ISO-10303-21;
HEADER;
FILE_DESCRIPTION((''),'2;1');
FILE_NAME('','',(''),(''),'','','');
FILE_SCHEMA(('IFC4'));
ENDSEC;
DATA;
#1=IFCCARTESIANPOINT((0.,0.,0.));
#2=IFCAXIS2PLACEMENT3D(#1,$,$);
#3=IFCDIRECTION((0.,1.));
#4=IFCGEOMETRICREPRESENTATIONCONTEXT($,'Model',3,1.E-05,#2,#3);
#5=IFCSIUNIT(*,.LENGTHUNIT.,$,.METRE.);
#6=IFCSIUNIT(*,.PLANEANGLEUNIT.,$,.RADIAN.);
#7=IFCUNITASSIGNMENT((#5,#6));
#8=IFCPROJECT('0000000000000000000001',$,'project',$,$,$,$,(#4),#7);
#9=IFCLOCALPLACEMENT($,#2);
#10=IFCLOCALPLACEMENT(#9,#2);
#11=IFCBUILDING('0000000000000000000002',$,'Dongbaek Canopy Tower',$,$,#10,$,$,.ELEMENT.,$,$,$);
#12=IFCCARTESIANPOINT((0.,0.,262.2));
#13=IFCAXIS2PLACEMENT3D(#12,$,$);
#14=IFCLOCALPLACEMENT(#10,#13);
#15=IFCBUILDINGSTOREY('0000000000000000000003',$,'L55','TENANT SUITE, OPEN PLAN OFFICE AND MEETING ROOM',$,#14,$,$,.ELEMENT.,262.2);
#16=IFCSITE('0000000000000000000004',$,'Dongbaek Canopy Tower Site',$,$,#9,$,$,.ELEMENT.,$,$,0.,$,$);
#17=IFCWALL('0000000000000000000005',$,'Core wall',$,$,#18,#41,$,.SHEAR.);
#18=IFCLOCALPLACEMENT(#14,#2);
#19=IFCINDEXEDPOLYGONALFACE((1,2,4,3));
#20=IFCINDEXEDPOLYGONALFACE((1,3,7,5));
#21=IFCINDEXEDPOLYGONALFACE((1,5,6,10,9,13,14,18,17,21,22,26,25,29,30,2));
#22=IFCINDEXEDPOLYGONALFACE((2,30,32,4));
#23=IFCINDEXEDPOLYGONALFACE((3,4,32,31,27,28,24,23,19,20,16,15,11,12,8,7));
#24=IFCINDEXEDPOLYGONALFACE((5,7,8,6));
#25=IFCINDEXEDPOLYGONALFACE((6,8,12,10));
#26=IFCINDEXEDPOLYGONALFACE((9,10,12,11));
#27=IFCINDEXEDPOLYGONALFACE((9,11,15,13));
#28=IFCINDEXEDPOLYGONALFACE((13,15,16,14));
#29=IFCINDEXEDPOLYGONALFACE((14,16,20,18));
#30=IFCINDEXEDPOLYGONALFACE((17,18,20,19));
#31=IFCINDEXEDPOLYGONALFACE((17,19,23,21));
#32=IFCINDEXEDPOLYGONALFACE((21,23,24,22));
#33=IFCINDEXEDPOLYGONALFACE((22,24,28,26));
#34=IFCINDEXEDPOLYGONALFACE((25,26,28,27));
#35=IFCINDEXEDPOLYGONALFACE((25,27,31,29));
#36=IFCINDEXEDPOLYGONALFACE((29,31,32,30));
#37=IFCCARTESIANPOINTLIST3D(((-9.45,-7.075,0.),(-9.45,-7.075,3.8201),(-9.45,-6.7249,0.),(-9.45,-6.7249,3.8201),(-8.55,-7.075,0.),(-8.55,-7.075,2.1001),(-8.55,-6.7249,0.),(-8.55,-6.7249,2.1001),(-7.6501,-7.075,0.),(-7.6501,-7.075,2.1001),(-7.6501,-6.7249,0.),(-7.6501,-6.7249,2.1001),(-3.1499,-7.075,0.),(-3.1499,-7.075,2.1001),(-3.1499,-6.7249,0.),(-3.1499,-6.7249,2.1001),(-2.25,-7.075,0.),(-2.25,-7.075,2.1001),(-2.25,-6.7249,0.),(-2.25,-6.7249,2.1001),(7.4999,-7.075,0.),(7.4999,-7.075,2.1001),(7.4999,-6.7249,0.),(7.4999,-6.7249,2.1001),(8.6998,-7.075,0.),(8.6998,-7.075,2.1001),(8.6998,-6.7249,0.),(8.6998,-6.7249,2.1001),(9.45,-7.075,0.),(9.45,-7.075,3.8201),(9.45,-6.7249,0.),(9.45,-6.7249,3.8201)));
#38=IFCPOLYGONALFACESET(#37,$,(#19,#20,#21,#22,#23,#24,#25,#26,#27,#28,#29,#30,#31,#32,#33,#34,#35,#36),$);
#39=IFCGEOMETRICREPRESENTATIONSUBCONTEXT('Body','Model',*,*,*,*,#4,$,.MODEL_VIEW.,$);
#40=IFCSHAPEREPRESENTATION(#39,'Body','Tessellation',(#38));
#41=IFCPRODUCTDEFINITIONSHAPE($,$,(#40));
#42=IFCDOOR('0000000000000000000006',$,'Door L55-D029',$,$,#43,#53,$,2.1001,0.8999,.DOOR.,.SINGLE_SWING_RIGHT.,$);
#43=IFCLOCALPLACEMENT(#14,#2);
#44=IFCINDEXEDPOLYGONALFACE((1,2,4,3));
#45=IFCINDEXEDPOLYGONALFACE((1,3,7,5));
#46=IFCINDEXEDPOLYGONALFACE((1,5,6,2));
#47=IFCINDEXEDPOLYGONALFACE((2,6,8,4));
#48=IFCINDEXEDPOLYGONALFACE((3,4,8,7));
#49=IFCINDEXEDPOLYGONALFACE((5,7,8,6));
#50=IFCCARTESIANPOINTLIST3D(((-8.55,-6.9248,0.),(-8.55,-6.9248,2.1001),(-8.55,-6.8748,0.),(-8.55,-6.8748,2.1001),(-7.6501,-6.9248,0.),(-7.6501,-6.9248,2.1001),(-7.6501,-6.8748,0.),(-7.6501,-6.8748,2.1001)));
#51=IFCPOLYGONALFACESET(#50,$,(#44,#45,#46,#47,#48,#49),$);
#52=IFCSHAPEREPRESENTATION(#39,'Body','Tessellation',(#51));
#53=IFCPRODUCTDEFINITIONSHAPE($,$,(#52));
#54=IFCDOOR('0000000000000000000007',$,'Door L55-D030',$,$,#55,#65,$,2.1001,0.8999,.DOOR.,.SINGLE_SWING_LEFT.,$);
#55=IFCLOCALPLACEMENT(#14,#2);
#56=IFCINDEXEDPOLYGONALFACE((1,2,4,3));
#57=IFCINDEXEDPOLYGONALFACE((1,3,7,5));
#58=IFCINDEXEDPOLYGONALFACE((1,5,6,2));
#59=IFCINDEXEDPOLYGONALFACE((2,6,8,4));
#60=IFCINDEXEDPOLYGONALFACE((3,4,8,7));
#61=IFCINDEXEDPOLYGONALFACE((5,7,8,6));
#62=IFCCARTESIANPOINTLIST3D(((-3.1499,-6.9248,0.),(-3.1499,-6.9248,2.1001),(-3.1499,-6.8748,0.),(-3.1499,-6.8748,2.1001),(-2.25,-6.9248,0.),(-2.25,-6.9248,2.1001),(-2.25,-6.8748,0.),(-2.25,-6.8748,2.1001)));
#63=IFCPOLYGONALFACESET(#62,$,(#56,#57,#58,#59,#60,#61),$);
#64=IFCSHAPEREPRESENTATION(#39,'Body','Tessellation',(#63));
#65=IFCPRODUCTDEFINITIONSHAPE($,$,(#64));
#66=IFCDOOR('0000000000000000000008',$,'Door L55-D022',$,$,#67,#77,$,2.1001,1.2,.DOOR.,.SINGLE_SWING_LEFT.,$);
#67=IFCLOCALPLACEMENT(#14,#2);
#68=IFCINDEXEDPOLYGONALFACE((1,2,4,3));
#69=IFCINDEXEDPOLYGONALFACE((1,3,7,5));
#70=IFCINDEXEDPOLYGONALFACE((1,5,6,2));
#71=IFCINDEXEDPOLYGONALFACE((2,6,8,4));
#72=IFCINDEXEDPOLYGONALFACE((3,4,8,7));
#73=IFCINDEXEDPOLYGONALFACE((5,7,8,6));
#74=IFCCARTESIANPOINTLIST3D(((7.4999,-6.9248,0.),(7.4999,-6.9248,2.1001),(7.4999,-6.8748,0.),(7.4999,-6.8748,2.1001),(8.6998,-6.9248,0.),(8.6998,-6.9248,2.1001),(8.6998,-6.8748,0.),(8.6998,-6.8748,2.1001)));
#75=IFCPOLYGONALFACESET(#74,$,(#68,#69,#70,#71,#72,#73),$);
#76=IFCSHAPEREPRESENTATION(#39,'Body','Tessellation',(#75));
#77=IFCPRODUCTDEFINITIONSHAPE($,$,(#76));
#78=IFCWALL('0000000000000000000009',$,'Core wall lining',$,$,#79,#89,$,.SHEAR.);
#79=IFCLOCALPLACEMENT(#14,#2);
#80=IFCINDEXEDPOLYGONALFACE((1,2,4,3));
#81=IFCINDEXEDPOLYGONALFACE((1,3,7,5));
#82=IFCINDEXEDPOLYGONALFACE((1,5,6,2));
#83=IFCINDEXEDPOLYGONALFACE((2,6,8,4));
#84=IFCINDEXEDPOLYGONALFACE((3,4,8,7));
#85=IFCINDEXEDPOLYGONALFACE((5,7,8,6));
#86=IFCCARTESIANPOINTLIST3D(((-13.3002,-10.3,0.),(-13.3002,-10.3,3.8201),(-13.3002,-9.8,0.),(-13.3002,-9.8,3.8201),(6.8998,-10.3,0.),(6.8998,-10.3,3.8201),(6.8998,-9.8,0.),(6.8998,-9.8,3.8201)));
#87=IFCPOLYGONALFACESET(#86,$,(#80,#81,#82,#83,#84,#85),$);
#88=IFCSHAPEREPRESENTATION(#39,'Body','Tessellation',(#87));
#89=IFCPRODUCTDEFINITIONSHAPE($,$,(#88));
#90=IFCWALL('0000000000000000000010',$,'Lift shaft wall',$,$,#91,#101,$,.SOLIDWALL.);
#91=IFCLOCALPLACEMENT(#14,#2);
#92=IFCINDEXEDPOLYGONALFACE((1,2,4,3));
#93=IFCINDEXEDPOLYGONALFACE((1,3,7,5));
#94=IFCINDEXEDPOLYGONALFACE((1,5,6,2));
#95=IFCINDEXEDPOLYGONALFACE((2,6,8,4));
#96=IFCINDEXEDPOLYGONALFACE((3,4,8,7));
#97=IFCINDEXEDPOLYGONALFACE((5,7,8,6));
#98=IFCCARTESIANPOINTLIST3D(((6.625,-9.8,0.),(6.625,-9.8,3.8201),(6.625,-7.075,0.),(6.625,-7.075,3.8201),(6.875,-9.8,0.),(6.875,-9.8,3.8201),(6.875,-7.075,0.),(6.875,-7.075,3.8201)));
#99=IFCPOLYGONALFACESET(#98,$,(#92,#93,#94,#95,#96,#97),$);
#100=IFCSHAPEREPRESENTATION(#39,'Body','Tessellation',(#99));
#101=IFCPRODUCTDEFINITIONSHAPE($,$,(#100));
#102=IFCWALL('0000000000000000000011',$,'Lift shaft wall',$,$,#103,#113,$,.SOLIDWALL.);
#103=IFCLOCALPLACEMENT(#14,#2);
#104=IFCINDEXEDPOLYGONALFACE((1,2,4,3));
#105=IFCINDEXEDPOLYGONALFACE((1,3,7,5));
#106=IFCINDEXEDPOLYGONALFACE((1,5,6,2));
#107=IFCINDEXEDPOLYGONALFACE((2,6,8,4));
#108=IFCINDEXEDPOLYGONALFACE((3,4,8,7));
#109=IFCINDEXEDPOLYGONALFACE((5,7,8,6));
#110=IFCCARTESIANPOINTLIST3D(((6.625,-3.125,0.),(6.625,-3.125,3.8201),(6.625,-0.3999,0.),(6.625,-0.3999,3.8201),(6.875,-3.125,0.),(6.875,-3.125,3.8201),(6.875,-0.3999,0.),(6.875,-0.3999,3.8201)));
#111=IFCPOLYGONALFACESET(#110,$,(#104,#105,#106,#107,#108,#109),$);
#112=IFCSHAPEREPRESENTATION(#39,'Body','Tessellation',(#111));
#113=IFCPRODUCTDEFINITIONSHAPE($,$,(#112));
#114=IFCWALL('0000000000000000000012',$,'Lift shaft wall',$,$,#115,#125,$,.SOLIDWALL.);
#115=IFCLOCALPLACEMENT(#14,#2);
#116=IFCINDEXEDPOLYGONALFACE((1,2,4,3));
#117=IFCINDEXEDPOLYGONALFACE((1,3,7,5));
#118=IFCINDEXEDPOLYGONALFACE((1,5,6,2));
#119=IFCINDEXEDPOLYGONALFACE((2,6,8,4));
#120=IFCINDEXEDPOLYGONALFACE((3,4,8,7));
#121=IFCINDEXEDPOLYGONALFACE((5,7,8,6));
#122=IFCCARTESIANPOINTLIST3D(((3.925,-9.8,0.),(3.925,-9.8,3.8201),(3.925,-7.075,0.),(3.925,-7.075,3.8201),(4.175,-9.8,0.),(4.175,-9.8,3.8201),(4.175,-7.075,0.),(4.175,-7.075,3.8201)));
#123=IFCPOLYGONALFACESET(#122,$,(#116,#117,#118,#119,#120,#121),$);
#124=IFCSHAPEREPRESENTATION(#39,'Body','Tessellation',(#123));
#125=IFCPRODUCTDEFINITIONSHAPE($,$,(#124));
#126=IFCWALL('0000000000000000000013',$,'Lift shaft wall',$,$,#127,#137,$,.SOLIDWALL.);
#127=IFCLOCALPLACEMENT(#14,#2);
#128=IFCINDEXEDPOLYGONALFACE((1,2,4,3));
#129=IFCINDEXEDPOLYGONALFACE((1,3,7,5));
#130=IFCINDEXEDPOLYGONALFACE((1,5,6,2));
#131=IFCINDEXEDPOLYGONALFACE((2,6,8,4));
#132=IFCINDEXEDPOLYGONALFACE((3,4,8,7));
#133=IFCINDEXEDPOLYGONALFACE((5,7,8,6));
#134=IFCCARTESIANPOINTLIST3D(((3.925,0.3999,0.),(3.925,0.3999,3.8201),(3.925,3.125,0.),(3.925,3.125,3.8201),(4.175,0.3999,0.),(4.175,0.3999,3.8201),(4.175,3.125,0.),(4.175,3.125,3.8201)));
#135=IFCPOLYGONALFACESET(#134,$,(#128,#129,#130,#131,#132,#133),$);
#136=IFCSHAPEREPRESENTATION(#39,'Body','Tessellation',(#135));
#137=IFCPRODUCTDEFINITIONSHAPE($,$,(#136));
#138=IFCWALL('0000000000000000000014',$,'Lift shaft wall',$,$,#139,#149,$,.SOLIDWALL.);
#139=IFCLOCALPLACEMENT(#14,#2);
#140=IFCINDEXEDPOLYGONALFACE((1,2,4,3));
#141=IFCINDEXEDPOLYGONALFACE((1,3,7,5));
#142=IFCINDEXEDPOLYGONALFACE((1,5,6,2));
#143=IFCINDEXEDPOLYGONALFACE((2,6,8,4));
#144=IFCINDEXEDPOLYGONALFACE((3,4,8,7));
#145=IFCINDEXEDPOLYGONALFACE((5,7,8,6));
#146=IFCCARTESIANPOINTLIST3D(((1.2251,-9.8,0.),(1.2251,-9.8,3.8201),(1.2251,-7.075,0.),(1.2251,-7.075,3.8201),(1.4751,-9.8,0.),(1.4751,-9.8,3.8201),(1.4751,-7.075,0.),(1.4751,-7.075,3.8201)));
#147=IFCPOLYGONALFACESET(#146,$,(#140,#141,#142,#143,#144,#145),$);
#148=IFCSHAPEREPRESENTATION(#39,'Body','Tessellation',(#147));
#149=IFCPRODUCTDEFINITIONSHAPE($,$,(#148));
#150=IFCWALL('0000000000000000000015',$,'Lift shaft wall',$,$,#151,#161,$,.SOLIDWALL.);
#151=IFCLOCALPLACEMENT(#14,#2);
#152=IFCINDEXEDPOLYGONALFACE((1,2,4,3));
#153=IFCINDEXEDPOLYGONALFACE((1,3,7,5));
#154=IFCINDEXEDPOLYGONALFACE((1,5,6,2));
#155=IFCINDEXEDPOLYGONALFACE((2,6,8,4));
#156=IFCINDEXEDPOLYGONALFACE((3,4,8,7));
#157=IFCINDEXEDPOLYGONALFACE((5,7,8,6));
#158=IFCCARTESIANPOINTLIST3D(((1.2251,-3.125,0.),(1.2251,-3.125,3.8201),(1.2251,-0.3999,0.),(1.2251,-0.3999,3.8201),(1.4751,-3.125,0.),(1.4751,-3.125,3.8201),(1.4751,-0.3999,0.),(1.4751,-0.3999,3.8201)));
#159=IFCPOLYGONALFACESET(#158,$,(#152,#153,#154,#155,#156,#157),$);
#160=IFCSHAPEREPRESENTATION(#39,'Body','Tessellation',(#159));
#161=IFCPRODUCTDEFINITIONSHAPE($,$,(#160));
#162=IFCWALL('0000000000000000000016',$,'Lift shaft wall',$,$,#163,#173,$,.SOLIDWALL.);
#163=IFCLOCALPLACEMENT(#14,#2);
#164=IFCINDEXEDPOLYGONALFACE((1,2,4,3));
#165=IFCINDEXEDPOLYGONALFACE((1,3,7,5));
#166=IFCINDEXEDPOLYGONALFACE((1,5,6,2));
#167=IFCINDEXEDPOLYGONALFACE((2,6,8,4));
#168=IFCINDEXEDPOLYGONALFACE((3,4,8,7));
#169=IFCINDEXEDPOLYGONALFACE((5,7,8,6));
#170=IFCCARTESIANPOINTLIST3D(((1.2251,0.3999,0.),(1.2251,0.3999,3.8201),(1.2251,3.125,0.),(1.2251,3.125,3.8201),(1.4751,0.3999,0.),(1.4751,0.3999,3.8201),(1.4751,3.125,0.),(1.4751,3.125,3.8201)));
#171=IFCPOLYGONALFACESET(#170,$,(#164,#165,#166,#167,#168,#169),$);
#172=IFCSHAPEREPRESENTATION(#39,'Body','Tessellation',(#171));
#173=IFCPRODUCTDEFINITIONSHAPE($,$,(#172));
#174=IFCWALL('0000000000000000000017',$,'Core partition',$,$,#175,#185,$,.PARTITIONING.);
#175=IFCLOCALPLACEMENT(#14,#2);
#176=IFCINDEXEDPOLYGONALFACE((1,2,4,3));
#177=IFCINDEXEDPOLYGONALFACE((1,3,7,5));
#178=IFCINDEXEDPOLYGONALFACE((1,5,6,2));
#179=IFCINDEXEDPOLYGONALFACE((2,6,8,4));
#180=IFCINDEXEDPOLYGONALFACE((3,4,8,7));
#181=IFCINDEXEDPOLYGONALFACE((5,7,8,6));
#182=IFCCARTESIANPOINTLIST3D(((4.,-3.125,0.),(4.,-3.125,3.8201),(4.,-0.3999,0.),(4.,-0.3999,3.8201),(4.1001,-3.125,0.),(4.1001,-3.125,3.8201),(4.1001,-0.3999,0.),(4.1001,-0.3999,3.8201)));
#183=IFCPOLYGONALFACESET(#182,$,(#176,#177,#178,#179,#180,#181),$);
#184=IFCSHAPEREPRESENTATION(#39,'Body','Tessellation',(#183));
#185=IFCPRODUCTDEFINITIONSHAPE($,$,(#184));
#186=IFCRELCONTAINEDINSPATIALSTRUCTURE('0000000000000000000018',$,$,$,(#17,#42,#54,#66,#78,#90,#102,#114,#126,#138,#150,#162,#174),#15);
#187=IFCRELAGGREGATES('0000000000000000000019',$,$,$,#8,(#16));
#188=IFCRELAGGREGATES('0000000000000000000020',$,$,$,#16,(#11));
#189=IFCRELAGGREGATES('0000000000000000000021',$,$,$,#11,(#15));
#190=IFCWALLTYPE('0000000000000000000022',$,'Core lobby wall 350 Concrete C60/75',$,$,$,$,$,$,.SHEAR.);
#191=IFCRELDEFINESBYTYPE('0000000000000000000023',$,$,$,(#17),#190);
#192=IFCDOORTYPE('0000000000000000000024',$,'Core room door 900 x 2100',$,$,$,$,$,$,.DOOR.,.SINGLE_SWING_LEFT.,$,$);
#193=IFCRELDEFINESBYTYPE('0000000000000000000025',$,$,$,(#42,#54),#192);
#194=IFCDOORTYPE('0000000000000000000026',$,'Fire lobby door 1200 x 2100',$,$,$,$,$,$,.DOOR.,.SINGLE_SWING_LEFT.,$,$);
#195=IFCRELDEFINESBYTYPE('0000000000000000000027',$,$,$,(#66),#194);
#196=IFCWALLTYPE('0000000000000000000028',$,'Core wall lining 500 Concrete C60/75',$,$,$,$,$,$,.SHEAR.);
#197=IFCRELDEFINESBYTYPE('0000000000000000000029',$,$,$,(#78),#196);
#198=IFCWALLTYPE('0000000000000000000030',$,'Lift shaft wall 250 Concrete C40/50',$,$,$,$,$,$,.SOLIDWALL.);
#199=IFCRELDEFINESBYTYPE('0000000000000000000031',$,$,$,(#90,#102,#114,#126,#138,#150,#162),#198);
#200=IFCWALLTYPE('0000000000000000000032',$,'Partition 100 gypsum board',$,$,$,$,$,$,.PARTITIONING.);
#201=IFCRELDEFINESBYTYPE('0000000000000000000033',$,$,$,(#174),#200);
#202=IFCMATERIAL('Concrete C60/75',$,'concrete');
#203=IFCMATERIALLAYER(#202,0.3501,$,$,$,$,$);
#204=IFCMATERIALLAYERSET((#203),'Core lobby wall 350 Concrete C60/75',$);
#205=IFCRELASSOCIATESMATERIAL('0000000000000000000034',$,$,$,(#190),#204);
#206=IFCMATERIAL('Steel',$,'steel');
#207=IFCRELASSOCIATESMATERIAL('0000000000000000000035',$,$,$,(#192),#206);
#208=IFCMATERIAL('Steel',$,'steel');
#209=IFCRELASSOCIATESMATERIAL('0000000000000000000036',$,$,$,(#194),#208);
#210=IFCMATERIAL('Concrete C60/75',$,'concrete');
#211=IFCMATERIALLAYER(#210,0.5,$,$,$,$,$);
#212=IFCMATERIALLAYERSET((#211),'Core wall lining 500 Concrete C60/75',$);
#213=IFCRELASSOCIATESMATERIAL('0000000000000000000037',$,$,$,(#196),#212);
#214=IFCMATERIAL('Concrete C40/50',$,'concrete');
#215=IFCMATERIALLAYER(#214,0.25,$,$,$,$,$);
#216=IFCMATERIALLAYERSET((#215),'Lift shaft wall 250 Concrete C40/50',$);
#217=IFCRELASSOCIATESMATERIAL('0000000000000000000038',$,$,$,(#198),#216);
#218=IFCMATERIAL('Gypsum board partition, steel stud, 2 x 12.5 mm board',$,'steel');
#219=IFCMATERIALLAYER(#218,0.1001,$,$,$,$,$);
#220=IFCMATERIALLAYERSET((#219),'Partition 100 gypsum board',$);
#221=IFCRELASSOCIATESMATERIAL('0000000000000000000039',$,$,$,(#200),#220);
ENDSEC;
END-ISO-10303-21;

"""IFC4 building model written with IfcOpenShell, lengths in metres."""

from ifc_helpers import new_model, si_unit, direction, frame, frame_2d, origin, place, context, subcontext, project, spatial, rectangle, extrude, material, layer, layer_set, type_object, element, fill, save


model = new_model("IFC4")

# Units and contexts
model_context = context("Model", 3, precision=1e-05, world=origin(), true_north=direction((0.0, 1.0)))
body_context = subcontext(model_context, "Body", "Model", "MODEL_VIEW")
ifc_project = project(units=[si_unit("LENGTHUNIT", "METRE"), si_unit("PLANEANGLEUNIT", "RADIAN")], contexts=[model_context])

# Site, building, storey
site_placement = place(None, origin())
site = spatial("IfcSite", under=ifc_project, at=site_placement, Name="Dongbaek Canopy Tower Site", CompositionType="ELEMENT", RefElevation=0.0)
building_placement = place(site_placement, origin())
building = spatial("IfcBuilding", under=site, at=building_placement, Name="Dongbaek Canopy Tower", CompositionType="ELEMENT")
storey_placement = place(building_placement, frame((0.0, 0.0, 262.2)))
storey = spatial("IfcBuildingStorey", under=building, at=storey_placement, Name="L55", Description="TENANT SUITE, OPEN PLAN OFFICE AND MEETING ROOM", CompositionType="ELEMENT", Elevation=262.2)

# Wall, openings, doors
ifc_material_1 = material(Name="Concrete C60/75", Category="concrete")
ifc_layer_1 = layer(ifc_material_1, 0.3501)
ifc_layer_set_1 = layer_set([ifc_layer_1], Name="Core lobby wall 350 Concrete C60/75")
wall_type_1 = type_object("IfcWallType", Name="Core lobby wall 350 Concrete C60/75", PredefinedType="SHEAR", material=ifc_layer_set_1)
wall_1_placement = place(storey_placement, frame((9.45, -6.8999, 0.0), z_axis=(0.0, 0.0, 1.0), x_axis=(-1.0, 0.0, 0.0)))
wall_1 = element("IfcWall", 1, at=wall_1_placement, inside=storey, type_object=wall_type_1, Name="Core wall", PredefinedType="SHEAR", context=body_context, shape_type="SweptSolid", body=[
    extrude(rectangle(XDim=18.8999, YDim=0.3501, at=frame_2d((9.45, 0.0))), origin(), (0.0, 0.0, 1.0), 3.8201),
])
opening_1_placement = place(wall_1_placement, frame((0.75, 0.0, 0.0)))
opening_1 = element("IfcOpeningElement", 2, at=opening_1_placement, cuts=wall_1, PredefinedType="OPENING", context=body_context, shape_type="SweptSolid", body=[
    extrude(rectangle(XDim=1.2, YDim=2.1001, at=frame_2d((0.6001, 1.05))), frame((0.0, 0.1851, 0.0), z_axis=(0.0, -1.0, 0.0), x_axis=(1.0, 0.0, 0.0)), (0.0, 0.0, 1.0), 0.3701),
])
opening_2_placement = place(wall_1_placement, frame((17.1001, 0.0, 0.0)))
opening_2 = element("IfcOpeningElement", 3, at=opening_2_placement, cuts=wall_1, PredefinedType="OPENING", context=body_context, shape_type="SweptSolid", body=[
    extrude(rectangle(XDim=0.8999, YDim=2.1001, at=frame_2d((0.45, 1.05))), frame((0.0, 0.1851, 0.0), z_axis=(0.0, -1.0, 0.0), x_axis=(1.0, 0.0, 0.0)), (0.0, 0.0, 1.0), 0.3701),
])
opening_3_placement = place(wall_1_placement, frame((11.7, 0.0, 0.0)))
opening_3 = element("IfcOpeningElement", 4, at=opening_3_placement, cuts=wall_1, PredefinedType="OPENING", context=body_context, shape_type="SweptSolid", body=[
    extrude(rectangle(XDim=0.8999, YDim=2.1001, at=frame_2d((0.45, 1.05))), frame((0.0, 0.1851, 0.0), z_axis=(0.0, -1.0, 0.0), x_axis=(1.0, 0.0, 0.0)), (0.0, 0.0, 1.0), 0.3701),
])
ifc_material_2 = material(Name="Steel", Category="steel")
door_type_1 = type_object("IfcDoorType", Name="Core room door 900 x 2100", OperationType="SINGLE_SWING_LEFT", PredefinedType="DOOR", material=ifc_material_2)
door_1_placement = place(opening_2_placement, origin())
door_1 = element("IfcDoor", 5, at=door_1_placement, inside=storey, type_object=door_type_1, Name="Door L55-D029", OperationType="SINGLE_SWING_RIGHT", OverallHeight=2.1001, OverallWidth=0.8999, PredefinedType="DOOR", context=body_context, shape_type="SweptSolid", body=[
    extrude(rectangle(XDim=0.8999, YDim=2.1001, at=frame_2d((0.45, 1.05))), frame((0.0, 0.0249, 0.0), z_axis=(0.0, -1.0, 0.0), x_axis=(1.0, 0.0, 0.0)), (0.0, 0.0, 1.0), 0.05),
])
fill(opening_2, door_1)
door_2_placement = place(opening_3_placement, origin())
door_2 = element("IfcDoor", 6, at=door_2_placement, inside=storey, type_object=door_type_1, Name="Door L55-D030", OperationType="SINGLE_SWING_LEFT", OverallHeight=2.1001, OverallWidth=0.8999, PredefinedType="DOOR", context=body_context, shape_type="SweptSolid", body=[
    extrude(rectangle(XDim=0.8999, YDim=2.1001, at=frame_2d((0.45, 1.05))), frame((0.0, 0.0249, 0.0), z_axis=(0.0, -1.0, 0.0), x_axis=(1.0, 0.0, 0.0)), (0.0, 0.0, 1.0), 0.05),
])
fill(opening_3, door_2)
ifc_material_3 = material(Name="Steel", Category="steel")
door_type_2 = type_object("IfcDoorType", Name="Fire lobby door 1200 x 2100", OperationType="SINGLE_SWING_LEFT", PredefinedType="DOOR", material=ifc_material_3)
door_3_placement = place(opening_1_placement, origin())
door_3 = element("IfcDoor", 7, at=door_3_placement, inside=storey, type_object=door_type_2, Name="Door L55-D022", OperationType="SINGLE_SWING_LEFT", OverallHeight=2.1001, OverallWidth=1.2, PredefinedType="DOOR", context=body_context, shape_type="SweptSolid", body=[
    extrude(rectangle(XDim=1.2, YDim=2.1001, at=frame_2d((0.6001, 1.05))), frame((0.0, 0.0249, 0.0), z_axis=(0.0, -1.0, 0.0), x_axis=(1.0, 0.0, 0.0)), (0.0, 0.0, 1.0), 0.05),
])
fill(opening_1, door_3)

# Walls
ifc_material_4 = material(Name="Concrete C60/75", Category="concrete")
ifc_layer_2 = layer(ifc_material_4, 0.5)
ifc_layer_set_2 = layer_set([ifc_layer_2], Name="Core wall lining 500 Concrete C60/75")
wall_type_2 = type_object("IfcWallType", Name="Core wall lining 500 Concrete C60/75", PredefinedType="SHEAR", material=ifc_layer_set_2)
wall_2_placement = place(storey_placement, frame((6.8999, -10.05, 0.0), z_axis=(0.0, 0.0, 1.0), x_axis=(-1.0, 0.0, 0.0)))
element("IfcWall", 8, at=wall_2_placement, inside=storey, type_object=wall_type_2, Name="Core wall lining", PredefinedType="SHEAR", context=body_context, shape_type="SweptSolid", body=[
    extrude(rectangle(XDim=20.2, YDim=0.5, at=frame_2d((10.1001, 0.0))), origin(), (0.0, 0.0, 1.0), 3.8201),
])
ifc_material_5 = material(Name="Concrete C40/50", Category="concrete")
ifc_layer_3 = layer(ifc_material_5, 0.25)
ifc_layer_set_3 = layer_set([ifc_layer_3], Name="Lift shaft wall 250 Concrete C40/50")
wall_type_3 = type_object("IfcWallType", Name="Lift shaft wall 250 Concrete C40/50", PredefinedType="SOLIDWALL", material=ifc_layer_set_3)
for number, where, z_axis, x_axis, name in (
    (9, (6.75, -9.8, 0.0), (0.0, 0.0, 1.0), (0.0, 1.0, 0.0), "Lift shaft wall"),
    (10, (6.75, -3.125, 0.0), (0.0, 0.0, 1.0), (0.0, 1.0, 0.0), "Lift shaft wall"),
    (11, (4.05, -9.8, 0.0), (0.0, 0.0, 1.0), (0.0, 1.0, 0.0), "Lift shaft wall"),
    (12, (4.05, 0.3999, 0.0), (0.0, 0.0, 1.0), (0.0, 1.0, 0.0), "Lift shaft wall"),
    (13, (1.3501, -9.8, 0.0), (0.0, 0.0, 1.0), (0.0, 1.0, 0.0), "Lift shaft wall"),
    (14, (1.3501, -3.125, 0.0), (0.0, 0.0, 1.0), (0.0, 1.0, 0.0), "Lift shaft wall"),
    (15, (1.3501, 0.3999, 0.0), (0.0, 0.0, 1.0), (0.0, 1.0, 0.0), "Lift shaft wall"),
):
    element("IfcWall", number, at=place(storey_placement, frame(where, z_axis=z_axis, x_axis=x_axis)), inside=storey, type_object=wall_type_3, Name=name, PredefinedType="SOLIDWALL", context=body_context, shape_type="SweptSolid", body=[
        extrude(rectangle(XDim=2.7251, YDim=0.25, at=frame_2d((1.3625, 0.0))), origin(), (0.0, 0.0, 1.0), 3.8201),
    ])
ifc_material_6 = material(Name="Gypsum board partition, steel stud, 2 x 12.5 mm board", Category="steel")
ifc_layer_4 = layer(ifc_material_6, 0.1001)
ifc_layer_set_4 = layer_set([ifc_layer_4], Name="Partition 100 gypsum board")
wall_type_4 = type_object("IfcWallType", Name="Partition 100 gypsum board", PredefinedType="PARTITIONING", material=ifc_layer_set_4)
wall_3_placement = place(storey_placement, frame((4.05, -3.125, 0.0), z_axis=(0.0, 0.0, 1.0), x_axis=(0.0, 1.0, 0.0)))
element("IfcWall", 16, at=wall_3_placement, inside=storey, type_object=wall_type_4, Name="Core partition", PredefinedType="PARTITIONING", context=body_context, shape_type="SweptSolid", body=[
    extrude(rectangle(XDim=2.7251, YDim=0.1001, at=frame_2d((1.3625, 0.0))), origin(), (0.0, 0.0, 1.0), 3.8201),
])

save(model, "model.ifc")
